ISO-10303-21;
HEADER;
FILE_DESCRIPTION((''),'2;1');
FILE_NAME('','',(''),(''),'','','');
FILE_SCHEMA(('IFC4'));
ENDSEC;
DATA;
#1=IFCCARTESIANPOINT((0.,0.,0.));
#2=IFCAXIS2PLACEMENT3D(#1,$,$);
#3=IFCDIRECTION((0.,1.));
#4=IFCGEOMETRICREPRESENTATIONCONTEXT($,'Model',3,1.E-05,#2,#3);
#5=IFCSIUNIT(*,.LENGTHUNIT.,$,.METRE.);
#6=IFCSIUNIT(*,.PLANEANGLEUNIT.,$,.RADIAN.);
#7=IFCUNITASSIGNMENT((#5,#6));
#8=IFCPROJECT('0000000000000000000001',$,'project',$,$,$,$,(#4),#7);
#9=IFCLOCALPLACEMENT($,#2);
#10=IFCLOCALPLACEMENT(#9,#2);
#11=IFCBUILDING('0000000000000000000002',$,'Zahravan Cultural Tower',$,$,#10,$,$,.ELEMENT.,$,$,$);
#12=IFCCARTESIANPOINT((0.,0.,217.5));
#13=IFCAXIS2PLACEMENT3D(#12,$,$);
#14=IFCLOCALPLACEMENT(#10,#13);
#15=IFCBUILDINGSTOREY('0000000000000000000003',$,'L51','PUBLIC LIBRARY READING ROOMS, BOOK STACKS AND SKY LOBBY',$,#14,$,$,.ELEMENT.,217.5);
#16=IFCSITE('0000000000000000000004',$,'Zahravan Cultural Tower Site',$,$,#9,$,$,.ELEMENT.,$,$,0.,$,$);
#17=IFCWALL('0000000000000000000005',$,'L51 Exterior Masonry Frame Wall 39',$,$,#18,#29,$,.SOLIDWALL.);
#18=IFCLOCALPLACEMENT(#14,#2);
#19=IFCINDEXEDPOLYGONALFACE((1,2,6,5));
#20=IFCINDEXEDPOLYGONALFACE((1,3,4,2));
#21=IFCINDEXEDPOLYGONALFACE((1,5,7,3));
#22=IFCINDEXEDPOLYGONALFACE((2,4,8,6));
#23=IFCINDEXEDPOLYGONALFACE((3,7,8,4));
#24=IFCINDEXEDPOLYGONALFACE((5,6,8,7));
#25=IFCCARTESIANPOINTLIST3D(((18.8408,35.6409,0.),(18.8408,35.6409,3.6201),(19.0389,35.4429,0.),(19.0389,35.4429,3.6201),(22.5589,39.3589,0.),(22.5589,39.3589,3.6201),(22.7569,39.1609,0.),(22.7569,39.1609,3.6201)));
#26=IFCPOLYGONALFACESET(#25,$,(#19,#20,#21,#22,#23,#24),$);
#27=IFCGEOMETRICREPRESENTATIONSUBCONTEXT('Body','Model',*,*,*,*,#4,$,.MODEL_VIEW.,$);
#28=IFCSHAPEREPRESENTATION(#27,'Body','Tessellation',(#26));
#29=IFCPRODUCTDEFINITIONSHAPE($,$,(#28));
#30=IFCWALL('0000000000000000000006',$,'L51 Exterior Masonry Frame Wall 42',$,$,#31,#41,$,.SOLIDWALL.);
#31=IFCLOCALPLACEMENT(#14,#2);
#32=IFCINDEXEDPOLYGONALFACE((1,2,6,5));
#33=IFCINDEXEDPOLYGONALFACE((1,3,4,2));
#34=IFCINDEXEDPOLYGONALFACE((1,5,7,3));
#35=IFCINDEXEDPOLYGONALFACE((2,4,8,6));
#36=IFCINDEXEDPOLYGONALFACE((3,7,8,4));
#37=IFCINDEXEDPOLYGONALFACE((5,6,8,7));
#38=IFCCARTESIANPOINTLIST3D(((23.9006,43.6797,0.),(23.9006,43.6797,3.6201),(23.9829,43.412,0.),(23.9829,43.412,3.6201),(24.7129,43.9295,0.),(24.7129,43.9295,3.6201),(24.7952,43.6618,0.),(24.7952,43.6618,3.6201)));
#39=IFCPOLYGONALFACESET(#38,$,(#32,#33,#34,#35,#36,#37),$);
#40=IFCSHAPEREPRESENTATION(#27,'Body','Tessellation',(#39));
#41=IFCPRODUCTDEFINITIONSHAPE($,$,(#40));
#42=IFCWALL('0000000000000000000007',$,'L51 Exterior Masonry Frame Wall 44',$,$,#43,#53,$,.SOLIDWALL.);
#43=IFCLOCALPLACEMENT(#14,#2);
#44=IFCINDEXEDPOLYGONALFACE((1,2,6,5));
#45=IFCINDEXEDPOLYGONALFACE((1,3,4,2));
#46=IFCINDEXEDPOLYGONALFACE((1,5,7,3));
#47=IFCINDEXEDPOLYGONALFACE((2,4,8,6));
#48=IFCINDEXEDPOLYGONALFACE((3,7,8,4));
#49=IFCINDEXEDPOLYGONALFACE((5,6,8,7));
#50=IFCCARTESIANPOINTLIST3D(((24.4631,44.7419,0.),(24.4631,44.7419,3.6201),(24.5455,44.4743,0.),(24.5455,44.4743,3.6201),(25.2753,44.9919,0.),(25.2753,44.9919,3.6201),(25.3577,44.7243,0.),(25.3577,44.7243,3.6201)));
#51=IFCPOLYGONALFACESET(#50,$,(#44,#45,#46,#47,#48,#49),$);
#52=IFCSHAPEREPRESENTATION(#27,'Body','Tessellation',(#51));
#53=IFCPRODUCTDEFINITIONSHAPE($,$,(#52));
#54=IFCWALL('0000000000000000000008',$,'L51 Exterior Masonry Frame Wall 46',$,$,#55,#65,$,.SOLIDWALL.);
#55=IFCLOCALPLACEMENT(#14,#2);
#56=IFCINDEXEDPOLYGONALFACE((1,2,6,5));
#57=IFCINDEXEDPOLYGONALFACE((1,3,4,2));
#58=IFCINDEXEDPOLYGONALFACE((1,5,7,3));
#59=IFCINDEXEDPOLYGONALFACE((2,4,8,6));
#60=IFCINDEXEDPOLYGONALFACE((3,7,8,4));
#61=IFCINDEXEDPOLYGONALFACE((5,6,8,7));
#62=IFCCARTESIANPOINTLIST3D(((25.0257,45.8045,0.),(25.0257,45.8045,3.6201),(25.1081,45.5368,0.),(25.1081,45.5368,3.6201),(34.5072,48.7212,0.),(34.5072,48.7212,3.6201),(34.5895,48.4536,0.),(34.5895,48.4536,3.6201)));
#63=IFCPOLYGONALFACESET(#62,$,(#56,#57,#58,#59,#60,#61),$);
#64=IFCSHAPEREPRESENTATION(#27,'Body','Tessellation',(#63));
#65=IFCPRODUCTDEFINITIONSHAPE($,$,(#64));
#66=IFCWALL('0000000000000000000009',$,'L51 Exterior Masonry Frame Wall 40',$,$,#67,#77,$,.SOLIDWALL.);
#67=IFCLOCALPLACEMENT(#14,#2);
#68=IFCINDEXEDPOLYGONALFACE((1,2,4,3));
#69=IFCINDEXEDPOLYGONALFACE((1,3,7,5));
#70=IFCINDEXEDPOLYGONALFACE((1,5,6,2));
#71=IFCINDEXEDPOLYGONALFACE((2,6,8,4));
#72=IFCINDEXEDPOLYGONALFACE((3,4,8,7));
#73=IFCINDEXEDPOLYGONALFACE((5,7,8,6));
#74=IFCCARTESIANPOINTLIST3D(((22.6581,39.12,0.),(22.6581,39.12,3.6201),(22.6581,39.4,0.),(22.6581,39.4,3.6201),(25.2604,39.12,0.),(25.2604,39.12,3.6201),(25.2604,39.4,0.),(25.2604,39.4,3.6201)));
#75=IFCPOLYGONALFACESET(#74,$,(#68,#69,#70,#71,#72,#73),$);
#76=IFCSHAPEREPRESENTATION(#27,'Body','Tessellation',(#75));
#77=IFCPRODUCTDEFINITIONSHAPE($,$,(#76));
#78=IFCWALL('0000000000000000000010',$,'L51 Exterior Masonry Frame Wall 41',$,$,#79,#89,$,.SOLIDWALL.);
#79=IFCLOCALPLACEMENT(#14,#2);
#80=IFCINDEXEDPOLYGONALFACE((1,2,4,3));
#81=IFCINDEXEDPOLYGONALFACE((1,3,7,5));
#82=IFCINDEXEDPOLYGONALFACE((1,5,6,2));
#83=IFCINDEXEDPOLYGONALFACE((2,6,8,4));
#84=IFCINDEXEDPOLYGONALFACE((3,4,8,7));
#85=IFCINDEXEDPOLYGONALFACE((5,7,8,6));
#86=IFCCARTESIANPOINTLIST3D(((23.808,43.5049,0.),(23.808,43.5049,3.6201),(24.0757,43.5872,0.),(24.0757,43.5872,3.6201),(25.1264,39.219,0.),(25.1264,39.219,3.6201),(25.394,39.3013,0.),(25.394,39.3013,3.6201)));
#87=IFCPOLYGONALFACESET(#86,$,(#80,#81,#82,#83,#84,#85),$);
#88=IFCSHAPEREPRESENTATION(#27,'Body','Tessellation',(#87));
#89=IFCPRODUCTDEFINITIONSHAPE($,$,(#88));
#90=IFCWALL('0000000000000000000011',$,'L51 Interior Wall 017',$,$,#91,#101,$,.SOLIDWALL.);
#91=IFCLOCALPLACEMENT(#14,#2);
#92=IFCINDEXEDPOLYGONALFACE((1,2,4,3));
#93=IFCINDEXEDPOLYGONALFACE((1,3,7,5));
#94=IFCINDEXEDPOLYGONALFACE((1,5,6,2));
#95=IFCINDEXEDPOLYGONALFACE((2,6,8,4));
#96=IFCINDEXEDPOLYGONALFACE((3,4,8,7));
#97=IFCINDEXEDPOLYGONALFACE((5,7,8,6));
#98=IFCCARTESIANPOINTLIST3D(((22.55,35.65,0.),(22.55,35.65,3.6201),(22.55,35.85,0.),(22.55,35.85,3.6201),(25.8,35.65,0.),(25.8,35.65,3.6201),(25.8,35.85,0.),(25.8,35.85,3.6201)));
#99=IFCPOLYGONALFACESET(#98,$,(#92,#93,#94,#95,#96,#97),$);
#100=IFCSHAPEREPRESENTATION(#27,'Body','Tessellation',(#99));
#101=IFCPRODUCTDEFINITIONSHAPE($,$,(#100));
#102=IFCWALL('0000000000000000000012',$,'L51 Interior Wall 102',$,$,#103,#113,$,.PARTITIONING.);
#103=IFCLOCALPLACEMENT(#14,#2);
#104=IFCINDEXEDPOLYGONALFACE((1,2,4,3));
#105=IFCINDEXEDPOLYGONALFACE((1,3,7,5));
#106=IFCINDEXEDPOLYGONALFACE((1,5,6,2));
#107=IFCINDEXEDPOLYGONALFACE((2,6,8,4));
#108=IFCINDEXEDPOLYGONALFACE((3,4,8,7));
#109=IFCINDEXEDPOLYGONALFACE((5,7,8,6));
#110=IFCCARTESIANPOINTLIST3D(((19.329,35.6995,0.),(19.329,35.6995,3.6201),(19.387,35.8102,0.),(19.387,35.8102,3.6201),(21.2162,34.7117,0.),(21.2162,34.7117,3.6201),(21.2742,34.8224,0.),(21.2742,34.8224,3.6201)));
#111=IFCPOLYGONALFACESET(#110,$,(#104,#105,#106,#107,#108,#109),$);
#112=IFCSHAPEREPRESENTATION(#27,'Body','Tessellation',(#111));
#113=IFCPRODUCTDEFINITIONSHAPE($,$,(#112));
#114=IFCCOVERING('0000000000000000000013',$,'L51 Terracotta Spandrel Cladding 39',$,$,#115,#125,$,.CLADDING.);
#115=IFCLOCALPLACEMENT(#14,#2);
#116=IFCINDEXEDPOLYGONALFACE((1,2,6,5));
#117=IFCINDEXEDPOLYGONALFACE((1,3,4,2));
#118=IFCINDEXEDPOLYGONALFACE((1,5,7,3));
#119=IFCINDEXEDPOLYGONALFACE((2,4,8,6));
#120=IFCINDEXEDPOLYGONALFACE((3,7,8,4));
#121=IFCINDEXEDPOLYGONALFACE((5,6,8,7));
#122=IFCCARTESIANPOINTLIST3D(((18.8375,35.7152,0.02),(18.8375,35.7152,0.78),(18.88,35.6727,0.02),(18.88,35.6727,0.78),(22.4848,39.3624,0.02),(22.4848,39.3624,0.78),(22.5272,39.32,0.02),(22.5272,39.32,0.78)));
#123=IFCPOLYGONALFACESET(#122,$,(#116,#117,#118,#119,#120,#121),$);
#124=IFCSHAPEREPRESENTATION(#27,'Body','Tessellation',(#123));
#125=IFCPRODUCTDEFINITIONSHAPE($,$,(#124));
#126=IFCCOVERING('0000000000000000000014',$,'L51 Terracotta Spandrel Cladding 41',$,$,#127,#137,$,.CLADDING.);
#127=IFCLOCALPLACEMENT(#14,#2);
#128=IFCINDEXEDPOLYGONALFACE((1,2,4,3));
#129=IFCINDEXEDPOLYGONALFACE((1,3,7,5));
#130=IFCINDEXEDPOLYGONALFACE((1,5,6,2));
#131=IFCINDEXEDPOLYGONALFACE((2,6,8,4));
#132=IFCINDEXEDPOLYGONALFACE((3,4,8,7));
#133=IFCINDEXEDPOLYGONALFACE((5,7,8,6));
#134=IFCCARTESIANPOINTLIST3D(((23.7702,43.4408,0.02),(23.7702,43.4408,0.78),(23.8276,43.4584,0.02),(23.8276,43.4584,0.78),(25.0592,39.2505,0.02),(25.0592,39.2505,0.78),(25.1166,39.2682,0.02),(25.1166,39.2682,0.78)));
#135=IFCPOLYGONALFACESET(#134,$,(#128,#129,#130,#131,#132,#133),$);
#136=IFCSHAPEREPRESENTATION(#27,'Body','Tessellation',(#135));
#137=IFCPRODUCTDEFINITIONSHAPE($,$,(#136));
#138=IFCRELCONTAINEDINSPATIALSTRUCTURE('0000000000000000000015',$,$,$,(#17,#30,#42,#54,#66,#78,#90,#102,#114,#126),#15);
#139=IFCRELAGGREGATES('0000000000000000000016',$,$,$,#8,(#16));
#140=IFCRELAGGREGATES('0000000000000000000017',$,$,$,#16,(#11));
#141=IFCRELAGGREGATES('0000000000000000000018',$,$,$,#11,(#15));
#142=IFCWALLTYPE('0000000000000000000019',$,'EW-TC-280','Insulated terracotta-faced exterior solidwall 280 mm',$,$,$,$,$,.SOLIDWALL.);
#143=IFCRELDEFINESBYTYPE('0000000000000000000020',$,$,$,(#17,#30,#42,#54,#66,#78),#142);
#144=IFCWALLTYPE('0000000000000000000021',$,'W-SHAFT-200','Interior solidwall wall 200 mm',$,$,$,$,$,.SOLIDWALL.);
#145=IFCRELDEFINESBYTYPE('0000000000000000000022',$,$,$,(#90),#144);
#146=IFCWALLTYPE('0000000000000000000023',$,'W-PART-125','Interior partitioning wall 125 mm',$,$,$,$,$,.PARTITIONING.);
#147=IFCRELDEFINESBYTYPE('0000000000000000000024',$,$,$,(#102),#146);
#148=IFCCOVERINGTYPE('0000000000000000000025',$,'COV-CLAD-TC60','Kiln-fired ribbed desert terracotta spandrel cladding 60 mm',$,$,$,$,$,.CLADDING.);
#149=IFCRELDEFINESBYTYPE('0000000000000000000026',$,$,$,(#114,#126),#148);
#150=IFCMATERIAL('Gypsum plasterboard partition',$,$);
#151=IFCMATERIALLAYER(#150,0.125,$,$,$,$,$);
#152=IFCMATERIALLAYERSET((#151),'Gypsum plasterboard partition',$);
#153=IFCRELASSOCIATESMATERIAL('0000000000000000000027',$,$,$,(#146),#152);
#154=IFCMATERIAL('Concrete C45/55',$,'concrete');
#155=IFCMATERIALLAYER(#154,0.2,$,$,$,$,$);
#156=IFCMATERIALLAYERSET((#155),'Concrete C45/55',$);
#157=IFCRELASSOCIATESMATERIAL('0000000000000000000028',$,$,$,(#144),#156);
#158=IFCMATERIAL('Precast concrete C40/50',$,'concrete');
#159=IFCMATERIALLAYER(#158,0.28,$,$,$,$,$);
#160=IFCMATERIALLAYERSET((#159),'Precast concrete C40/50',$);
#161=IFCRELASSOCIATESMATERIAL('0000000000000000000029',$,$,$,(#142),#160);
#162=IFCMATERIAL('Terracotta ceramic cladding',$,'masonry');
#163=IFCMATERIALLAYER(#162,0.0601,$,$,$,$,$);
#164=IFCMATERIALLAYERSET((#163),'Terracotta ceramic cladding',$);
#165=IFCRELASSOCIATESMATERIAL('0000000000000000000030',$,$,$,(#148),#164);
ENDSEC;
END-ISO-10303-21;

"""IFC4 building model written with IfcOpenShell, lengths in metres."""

from ifc_helpers import new_model, si_unit, direction, frame, frame_2d, origin, origin_2d, place, context, subcontext, project, spatial, rectangle, extrude, source, transform, mapped, material, layer, layer_set, type_object, element, save


model = new_model("IFC4")

# Units and contexts
model_context = context("Model", 3, precision=1e-05, world=origin(), true_north=direction((0.0, 1.0)))
body_context = subcontext(model_context, "Body", "Model", "MODEL_VIEW")
ifc_project = project(units=[si_unit("LENGTHUNIT", "METRE"), si_unit("PLANEANGLEUNIT", "RADIAN")], contexts=[model_context])

# Site, building, storey
site_placement = place(None, origin())
site = spatial("IfcSite", under=ifc_project, at=site_placement, Name="Zahravan Cultural Tower Site", CompositionType="ELEMENT", RefElevation=0.0)
building_placement = place(site_placement, origin())
building = spatial("IfcBuilding", under=site, at=building_placement, Name="Zahravan Cultural Tower", CompositionType="ELEMENT")
storey_placement = place(building_placement, frame((0.0, 0.0, 217.5)))
storey = spatial("IfcBuildingStorey", under=building, at=storey_placement, Name="L51", Description="PUBLIC LIBRARY READING ROOMS, BOOK STACKS AND SKY LOBBY", CompositionType="ELEMENT", Elevation=217.5)

# Shared definitions
ifc_material_1 = material(Name="Gypsum plasterboard partition")
ifc_layer_1 = layer(ifc_material_1, 0.125)
ifc_layer_set_1 = layer_set([ifc_layer_1], Name="Gypsum plasterboard partition")
wall_type_1 = type_object("IfcWallType", Name="W-PART-125", Description="Interior partitioning wall 125 mm", PredefinedType="PARTITIONING", material=ifc_layer_set_1)
ifc_material_2 = material(Name="Concrete C45/55", Category="concrete")
ifc_layer_2 = layer(ifc_material_2, 0.2)
ifc_layer_set_2 = layer_set([ifc_layer_2], Name="Concrete C45/55")
wall_type_2 = type_object("IfcWallType", Name="W-SHAFT-200", Description="Interior solidwall wall 200 mm", PredefinedType="SOLIDWALL", material=ifc_layer_set_2)

# Walls
ifc_material_3 = material(Name="Precast concrete C40/50", Category="concrete")
ifc_layer_3 = layer(ifc_material_3, 0.28)
ifc_layer_set_3 = layer_set([ifc_layer_3], Name="Precast concrete C40/50")
wall_type_3 = type_object("IfcWallType", Name="EW-TC-280", Description="Insulated terracotta-faced exterior solidwall 280 mm", PredefinedType="SOLIDWALL", material=ifc_layer_set_3)
shared_shape_1 = source(origin(), body_context, "Body", "SweptSolid", [
    extrude(rectangle(XDim=5.2581, YDim=0.28, at=frame_2d((2.6289, 0.0))), origin(), (0.0, 0.0, 1.0), 3.6201),
])
wall_1_placement = place(storey_placement, frame((18.9399, 35.542, 0.0), z_axis=(0.0, 0.0, 1.0), x_axis=(0.707107, 0.707107, 0.0)))
element("IfcWall", 1, at=wall_1_placement, inside=storey, type_object=wall_type_3, Name="L51 Exterior Masonry Frame Wall 39", PredefinedType="SOLIDWALL", context=body_context, shape_type="MappedRepresentation", body=[
    mapped(shared_shape_1, transform((0.0, 0.0, 0.0), x_axis=(1.0, 0.0, 0.0), y_axis=(0.0, 1.0, 0.0), z_axis=(0.0, 0.0, 1.0), scale=1.0)),
])
shared_shape_2 = source(origin(), body_context, "Body", "SweptSolid", [
    extrude(rectangle(XDim=0.8499, YDim=0.28, at=frame_2d((0.4248, 0.0))), origin(), (0.0, 0.0, 1.0), 3.6201),
])
for number, where, z_axis, x_axis, name in (
    (2, (23.9419, 43.5459, 0.0), (0.0, 0.0, 1.0), (0.955835, 0.293904, 0.0), "L51 Exterior Masonry Frame Wall 42"),
    (3, (24.5044, 44.6082, 0.0), (0.0, 0.0, 1.0), (0.955754, 0.294167, 0.0), "L51 Exterior Masonry Frame Wall 44"),
):
    element("IfcWall", number, at=place(storey_placement, frame(where, z_axis=z_axis, x_axis=x_axis)), inside=storey, type_object=wall_type_3, Name=name, PredefinedType="SOLIDWALL", context=body_context, shape_type="MappedRepresentation", body=[
        mapped(shared_shape_2, transform((0.0, 0.0, 0.0), x_axis=(1.0, 0.0, 0.0), y_axis=(0.0, 1.0, 0.0), z_axis=(0.0, 0.0, 1.0), scale=1.0)),
    ])
shared_shape_3 = source(origin(), body_context, "Body", "SweptSolid", [
    extrude(rectangle(XDim=9.9199, YDim=0.28, at=frame_2d((4.96, 0.0))), origin(), (0.0, 0.0, 1.0), 3.6201),
])
wall_2_placement = place(storey_placement, frame((25.0669, 45.6707, 0.0), z_axis=(0.0, 0.0, 1.0), x_axis=(0.955797, 0.294029, 0.0)))
element("IfcWall", 4, at=wall_2_placement, inside=storey, type_object=wall_type_3, Name="L51 Exterior Masonry Frame Wall 46", PredefinedType="SOLIDWALL", context=body_context, shape_type="MappedRepresentation", body=[
    mapped(shared_shape_3, transform((0.0, 0.0, 0.0), x_axis=(1.0, 0.0, 0.0), y_axis=(0.0, 1.0, 0.0), z_axis=(0.0, 0.0, 1.0), scale=1.0)),
])
shared_shape_4 = source(origin(), body_context, "Body", "SweptSolid", [
    extrude(rectangle(XDim=2.6023, YDim=0.28, at=frame_2d((1.3013, 0.0))), origin(), (0.0, 0.0, 1.0), 3.6201),
])
wall_3_placement = place(storey_placement, frame((22.658, 39.26, 0.0), z_axis=(0.0, 0.0, 1.0), x_axis=(1.0, 0.0, 0.0)))
element("IfcWall", 5, at=wall_3_placement, inside=storey, type_object=wall_type_3, Name="L51 Exterior Masonry Frame Wall 40", PredefinedType="SOLIDWALL", context=body_context, shape_type="MappedRepresentation", body=[
    mapped(shared_shape_4, transform((0.0, 0.0, 0.0), x_axis=(1.0, 0.0, 0.0), y_axis=(0.0, 1.0, 0.0), z_axis=(0.0, 0.0, 1.0), scale=1.0)),
])
shared_shape_5 = source(origin(), body_context, "Body", "SweptSolid", [
    extrude(rectangle(XDim=4.4841, YDim=0.28, at=frame_2d((2.2422, 0.0))), origin(), (0.0, 0.0, 1.0), 3.6201),
])
wall_4_placement = place(storey_placement, frame((25.2603, 39.26, 0.0), z_axis=(0.0, 0.0, 1.0), x_axis=(-0.294009, 0.955803, 0.0)))
element("IfcWall", 6, at=wall_4_placement, inside=storey, type_object=wall_type_3, Name="L51 Exterior Masonry Frame Wall 41", PredefinedType="SOLIDWALL", context=body_context, shape_type="MappedRepresentation", body=[
    mapped(shared_shape_5, transform((0.0, 0.0, 0.0), x_axis=(1.0, 0.0, 0.0), y_axis=(0.0, 1.0, 0.0), z_axis=(0.0, 0.0, 1.0), scale=1.0)),
])
shared_shape_6 = source(origin(), body_context, "Body", "SweptSolid", [
    extrude(rectangle(XDim=3.25, YDim=0.2, at=frame_2d((1.625, 0.0))), origin(), (0.0, 0.0, 1.0), 3.6201),
])
wall_5_placement = place(storey_placement, frame((22.55, 35.75, 0.0), z_axis=(0.0, 0.0, 1.0), x_axis=(1.0, 0.0, 0.0)))
element("IfcWall", 7, at=wall_5_placement, inside=storey, type_object=wall_type_2, Name="L51 Interior Wall 017", PredefinedType="SOLIDWALL", context=body_context, shape_type="MappedRepresentation", body=[
    mapped(shared_shape_6, transform((0.0, 0.0, 0.0), x_axis=(1.0, 0.0, 0.0), y_axis=(0.0, 1.0, 0.0), z_axis=(0.0, 0.0, 1.0), scale=1.0)),
])
shared_shape_7 = source(origin(), body_context, "Body", "SweptSolid", [
    extrude(rectangle(XDim=2.1301, YDim=0.125, at=frame_2d((1.0649, 0.0))), origin(), (0.0, 0.0, 1.0), 3.6201),
])
wall_6_placement = place(storey_placement, frame((21.2451, 34.7671, 0.0), z_axis=(0.0, 0.0, 1.0), x_axis=(-0.885975, 0.463733, 0.0)))
element("IfcWall", 8, at=wall_6_placement, inside=storey, type_object=wall_type_1, Name="L51 Interior Wall 102", PredefinedType="PARTITIONING", context=body_context, shape_type="MappedRepresentation", body=[
    mapped(shared_shape_7, transform((0.0, 0.0, 0.0), x_axis=(1.0, 0.0, 0.0), y_axis=(0.0, 1.0, 0.0), z_axis=(0.0, 0.0, 1.0), scale=1.0)),
])

# Coverings
ifc_material_4 = material(Name="Terracotta ceramic cladding", Category="masonry")
ifc_layer_4 = layer(ifc_material_4, 0.0601)
ifc_layer_set_4 = layer_set([ifc_layer_4], Name="Terracotta ceramic cladding")
covering_type = type_object("IfcCoveringType", Name="COV-CLAD-TC60", Description="Kiln-fired ribbed desert terracotta spandrel cladding 60 mm", PredefinedType="CLADDING", material=ifc_layer_set_4)
shared_shape_8 = source(origin(), body_context, "Body", "SweptSolid", [
    extrude(rectangle(XDim=5.158, YDim=0.0601, at=origin_2d()), origin(), (0.0, 0.0, 1.0), 0.76),
])
covering_1_placement = place(storey_placement, frame((20.6824, 37.5176, 0.02), z_axis=(0.0, 0.0, 1.0), x_axis=(0.707107, 0.707107, 0.0)))
element("IfcCovering", 9, at=covering_1_placement, inside=storey, type_object=covering_type, Name="L51 Terracotta Spandrel Cladding 39", PredefinedType="CLADDING", context=body_context, shape_type="MappedRepresentation", body=[
    mapped(shared_shape_8, transform((0.0, 0.0, 0.0), x_axis=(1.0, 0.0, 0.0), y_axis=(0.0, 1.0, 0.0), z_axis=(0.0, 0.0, 1.0), scale=1.0)),
])
shared_shape_9 = source(origin(), body_context, "Body", "SweptSolid", [
    extrude(rectangle(XDim=4.384, YDim=0.0601, at=origin_2d()), origin(), (0.0, 0.0, 1.0), 0.76),
])
covering_2_placement = place(storey_placement, frame((24.4434, 41.3545, 0.02), z_axis=(0.0, 0.0, 1.0), x_axis=(-0.294024, 0.955798, 0.0)))
element("IfcCovering", 10, at=covering_2_placement, inside=storey, type_object=covering_type, Name="L51 Terracotta Spandrel Cladding 41", PredefinedType="CLADDING", context=body_context, shape_type="MappedRepresentation", body=[
    mapped(shared_shape_9, transform((0.0, 0.0, 0.0), x_axis=(1.0, 0.0, 0.0), y_axis=(0.0, 1.0, 0.0), z_axis=(0.0, 0.0, 1.0), scale=1.0)),
])

save(model, "model.ifc")
